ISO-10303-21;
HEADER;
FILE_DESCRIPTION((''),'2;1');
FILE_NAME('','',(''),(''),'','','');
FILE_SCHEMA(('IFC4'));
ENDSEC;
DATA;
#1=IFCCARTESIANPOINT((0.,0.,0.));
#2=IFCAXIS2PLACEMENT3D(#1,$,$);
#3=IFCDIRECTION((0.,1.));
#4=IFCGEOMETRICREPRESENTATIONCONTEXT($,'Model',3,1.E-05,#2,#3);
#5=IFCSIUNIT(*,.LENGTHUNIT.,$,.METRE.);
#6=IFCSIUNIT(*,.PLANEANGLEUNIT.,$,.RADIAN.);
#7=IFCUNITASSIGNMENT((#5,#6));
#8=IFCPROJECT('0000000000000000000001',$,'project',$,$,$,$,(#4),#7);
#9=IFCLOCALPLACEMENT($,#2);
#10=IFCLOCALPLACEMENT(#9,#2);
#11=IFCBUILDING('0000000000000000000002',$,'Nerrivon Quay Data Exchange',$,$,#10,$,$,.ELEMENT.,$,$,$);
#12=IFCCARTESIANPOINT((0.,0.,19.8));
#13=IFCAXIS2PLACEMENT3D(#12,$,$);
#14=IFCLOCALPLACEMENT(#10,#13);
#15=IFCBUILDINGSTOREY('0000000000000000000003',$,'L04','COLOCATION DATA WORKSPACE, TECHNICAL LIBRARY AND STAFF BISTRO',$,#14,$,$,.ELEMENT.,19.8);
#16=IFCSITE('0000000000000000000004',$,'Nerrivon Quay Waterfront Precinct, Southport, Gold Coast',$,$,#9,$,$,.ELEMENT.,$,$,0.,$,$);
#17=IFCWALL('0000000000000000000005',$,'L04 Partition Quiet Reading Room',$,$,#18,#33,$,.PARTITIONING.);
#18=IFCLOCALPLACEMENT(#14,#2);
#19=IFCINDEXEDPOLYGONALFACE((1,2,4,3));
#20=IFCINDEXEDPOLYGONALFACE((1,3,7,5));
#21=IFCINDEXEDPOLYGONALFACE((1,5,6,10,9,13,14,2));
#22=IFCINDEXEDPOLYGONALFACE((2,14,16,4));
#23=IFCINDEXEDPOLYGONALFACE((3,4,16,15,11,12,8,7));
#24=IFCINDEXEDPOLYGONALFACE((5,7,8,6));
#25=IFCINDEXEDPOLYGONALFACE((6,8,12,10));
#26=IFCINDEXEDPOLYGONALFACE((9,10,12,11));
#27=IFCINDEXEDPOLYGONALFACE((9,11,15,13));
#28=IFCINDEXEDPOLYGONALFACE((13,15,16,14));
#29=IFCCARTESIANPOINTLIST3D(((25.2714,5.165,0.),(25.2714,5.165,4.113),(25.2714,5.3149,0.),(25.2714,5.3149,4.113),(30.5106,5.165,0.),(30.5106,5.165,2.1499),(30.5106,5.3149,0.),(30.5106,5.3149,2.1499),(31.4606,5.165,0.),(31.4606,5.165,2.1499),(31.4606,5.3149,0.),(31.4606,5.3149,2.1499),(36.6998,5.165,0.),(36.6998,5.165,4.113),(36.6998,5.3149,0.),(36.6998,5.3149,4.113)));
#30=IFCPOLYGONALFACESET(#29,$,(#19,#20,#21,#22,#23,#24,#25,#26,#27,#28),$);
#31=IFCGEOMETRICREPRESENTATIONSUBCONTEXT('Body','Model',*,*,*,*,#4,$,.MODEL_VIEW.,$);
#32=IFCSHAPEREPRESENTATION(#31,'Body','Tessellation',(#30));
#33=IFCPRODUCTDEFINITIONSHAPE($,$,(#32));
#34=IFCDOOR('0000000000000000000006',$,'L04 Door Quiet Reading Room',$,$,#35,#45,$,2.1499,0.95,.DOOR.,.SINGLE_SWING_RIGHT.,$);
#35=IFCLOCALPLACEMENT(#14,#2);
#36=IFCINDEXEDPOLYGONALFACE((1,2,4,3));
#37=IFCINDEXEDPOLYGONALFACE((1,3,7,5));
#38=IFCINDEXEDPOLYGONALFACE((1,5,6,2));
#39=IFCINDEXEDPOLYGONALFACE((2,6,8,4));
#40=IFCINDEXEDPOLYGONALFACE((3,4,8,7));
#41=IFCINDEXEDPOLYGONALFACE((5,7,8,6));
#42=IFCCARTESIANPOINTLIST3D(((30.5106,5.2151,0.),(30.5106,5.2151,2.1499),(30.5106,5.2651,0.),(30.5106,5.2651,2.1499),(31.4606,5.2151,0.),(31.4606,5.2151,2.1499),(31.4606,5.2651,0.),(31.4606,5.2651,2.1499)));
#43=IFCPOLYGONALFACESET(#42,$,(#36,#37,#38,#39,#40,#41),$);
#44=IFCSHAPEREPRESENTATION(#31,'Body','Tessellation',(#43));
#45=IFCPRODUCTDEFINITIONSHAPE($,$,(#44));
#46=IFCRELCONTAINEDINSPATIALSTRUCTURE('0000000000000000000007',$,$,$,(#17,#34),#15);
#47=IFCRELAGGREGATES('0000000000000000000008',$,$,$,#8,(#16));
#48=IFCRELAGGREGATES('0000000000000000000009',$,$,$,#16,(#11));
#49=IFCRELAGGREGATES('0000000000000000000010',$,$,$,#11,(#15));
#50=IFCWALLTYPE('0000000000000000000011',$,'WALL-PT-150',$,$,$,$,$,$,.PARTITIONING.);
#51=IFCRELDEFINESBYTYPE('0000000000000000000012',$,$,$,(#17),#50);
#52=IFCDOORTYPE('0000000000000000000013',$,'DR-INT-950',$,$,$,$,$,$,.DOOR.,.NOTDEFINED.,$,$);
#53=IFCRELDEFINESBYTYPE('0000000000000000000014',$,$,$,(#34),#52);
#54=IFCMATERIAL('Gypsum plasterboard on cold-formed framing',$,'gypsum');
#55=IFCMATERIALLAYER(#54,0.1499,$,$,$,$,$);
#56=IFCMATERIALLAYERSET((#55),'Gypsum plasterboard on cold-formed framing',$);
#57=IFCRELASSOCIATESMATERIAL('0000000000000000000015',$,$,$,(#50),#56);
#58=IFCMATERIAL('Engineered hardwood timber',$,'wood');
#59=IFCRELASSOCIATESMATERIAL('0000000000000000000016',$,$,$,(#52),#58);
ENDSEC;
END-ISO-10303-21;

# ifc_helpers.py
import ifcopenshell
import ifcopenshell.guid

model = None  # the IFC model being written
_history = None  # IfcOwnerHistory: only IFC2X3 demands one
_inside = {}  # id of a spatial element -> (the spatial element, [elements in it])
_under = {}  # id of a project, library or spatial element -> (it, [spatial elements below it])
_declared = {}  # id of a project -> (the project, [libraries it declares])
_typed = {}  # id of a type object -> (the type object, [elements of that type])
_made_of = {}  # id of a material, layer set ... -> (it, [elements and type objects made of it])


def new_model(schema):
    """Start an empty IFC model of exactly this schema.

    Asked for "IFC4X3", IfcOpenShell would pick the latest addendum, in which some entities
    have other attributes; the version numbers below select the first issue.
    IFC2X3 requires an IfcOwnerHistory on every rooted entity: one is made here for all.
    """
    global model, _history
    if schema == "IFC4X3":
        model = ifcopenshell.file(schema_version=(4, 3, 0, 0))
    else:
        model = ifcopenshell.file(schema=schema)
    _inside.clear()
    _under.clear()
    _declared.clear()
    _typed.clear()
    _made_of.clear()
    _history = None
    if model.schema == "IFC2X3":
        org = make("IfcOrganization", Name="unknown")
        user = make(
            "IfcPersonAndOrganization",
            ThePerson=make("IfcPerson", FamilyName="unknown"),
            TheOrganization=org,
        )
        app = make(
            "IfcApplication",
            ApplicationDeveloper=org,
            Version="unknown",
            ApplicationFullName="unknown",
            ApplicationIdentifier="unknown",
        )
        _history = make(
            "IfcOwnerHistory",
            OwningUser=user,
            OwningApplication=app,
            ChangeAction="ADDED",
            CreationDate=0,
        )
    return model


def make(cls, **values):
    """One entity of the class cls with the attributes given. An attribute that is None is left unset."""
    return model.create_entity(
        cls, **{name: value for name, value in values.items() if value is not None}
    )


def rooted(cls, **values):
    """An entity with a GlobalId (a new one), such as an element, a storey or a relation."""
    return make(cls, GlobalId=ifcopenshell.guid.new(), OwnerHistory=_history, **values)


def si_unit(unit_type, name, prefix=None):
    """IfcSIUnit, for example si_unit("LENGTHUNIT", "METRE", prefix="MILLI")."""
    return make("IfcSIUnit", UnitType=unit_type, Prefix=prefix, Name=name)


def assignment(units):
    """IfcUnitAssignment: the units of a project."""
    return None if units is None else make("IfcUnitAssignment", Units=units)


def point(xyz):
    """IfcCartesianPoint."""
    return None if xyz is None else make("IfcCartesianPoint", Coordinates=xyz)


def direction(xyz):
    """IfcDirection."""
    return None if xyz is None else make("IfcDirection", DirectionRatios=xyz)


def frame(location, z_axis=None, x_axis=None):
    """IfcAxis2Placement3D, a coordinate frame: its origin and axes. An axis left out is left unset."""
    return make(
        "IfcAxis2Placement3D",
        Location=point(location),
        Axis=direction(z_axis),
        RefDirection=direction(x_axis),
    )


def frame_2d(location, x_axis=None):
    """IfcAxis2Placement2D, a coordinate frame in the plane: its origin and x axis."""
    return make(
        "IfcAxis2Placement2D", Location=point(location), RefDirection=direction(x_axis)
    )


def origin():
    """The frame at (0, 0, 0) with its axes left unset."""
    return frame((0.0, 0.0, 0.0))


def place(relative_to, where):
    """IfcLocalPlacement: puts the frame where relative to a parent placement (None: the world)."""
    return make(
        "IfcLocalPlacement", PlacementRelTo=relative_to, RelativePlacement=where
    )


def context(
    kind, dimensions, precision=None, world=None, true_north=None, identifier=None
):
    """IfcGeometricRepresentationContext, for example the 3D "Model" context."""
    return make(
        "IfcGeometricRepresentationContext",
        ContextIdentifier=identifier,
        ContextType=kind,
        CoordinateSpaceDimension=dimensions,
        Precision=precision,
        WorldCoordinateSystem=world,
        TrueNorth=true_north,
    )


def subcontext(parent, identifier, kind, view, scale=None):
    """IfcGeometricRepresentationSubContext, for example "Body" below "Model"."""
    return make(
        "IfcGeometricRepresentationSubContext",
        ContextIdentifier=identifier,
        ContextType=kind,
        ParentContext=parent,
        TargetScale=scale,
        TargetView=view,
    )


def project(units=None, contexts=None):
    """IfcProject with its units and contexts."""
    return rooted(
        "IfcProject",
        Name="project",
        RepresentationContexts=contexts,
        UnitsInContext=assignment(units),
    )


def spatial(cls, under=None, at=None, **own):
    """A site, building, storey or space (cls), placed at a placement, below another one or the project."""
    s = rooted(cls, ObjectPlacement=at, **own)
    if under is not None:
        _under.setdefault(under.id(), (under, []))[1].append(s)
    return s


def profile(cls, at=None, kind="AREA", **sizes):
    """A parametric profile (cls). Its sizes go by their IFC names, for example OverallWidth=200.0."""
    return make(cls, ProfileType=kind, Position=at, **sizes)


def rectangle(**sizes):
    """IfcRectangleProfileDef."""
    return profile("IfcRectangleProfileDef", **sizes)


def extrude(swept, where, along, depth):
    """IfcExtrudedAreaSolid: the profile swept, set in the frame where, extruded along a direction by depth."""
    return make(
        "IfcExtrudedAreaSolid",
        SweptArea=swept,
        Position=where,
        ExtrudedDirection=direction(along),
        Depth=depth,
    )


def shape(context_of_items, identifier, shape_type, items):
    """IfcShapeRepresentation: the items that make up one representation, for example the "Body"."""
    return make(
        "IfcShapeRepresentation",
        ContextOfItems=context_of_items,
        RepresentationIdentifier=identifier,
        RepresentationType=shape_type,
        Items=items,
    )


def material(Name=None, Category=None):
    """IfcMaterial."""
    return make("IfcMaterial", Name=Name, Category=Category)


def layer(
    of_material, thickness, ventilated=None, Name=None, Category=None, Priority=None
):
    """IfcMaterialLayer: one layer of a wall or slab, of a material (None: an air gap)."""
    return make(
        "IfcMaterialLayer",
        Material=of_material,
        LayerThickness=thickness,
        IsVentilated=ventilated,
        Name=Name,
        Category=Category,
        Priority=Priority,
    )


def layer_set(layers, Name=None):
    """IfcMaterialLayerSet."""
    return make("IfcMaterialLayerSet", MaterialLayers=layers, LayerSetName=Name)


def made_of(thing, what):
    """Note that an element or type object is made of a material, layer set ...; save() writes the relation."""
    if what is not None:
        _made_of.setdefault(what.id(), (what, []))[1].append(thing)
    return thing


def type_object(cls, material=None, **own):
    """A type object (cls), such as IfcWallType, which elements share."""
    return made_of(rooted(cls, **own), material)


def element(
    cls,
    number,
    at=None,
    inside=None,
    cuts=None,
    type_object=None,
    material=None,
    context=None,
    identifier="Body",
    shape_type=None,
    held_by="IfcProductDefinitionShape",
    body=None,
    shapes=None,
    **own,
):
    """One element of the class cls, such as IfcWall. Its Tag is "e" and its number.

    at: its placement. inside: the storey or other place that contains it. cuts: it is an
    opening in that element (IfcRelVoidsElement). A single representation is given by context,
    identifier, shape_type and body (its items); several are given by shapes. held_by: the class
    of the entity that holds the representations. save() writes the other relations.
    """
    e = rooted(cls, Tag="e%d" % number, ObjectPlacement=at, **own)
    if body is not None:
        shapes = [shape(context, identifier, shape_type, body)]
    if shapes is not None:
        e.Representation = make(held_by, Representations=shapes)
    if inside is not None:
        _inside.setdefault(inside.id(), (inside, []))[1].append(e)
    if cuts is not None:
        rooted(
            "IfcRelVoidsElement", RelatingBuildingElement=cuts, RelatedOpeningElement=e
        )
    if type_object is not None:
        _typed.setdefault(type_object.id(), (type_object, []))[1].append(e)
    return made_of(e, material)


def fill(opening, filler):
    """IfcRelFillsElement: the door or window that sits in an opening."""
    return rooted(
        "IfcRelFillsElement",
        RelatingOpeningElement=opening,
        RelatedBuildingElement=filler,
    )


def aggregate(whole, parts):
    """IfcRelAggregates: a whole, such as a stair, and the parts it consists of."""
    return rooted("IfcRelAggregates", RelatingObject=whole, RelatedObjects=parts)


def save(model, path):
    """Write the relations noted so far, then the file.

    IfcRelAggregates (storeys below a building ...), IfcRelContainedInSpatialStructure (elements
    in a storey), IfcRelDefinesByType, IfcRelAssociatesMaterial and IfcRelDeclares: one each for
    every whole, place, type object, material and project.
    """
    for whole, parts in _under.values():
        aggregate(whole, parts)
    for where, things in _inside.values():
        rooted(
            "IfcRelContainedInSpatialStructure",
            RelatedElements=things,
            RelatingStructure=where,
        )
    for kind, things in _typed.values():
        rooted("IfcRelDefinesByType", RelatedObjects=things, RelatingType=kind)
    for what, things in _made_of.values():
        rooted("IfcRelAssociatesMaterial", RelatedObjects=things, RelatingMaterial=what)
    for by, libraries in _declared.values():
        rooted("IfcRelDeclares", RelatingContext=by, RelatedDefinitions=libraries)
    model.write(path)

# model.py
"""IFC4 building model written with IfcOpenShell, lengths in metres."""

from ifc_helpers import new_model, si_unit, direction, frame, frame_2d, origin, place, context, subcontext, project, spatial, rectangle, extrude, material, layer, layer_set, type_object, element, fill, save


model = new_model("IFC4")

# Units and contexts
model_context = context("Model", 3, precision=1e-05, world=origin(), true_north=direction((0.0, 1.0)))
body_context = subcontext(model_context, "Body", "Model", "MODEL_VIEW")
ifc_project = project(units=[si_unit("LENGTHUNIT", "METRE"), si_unit("PLANEANGLEUNIT", "RADIAN")], contexts=[model_context])

# Site, building, storey
site_placement = place(None, origin())
site = spatial("IfcSite", under=ifc_project, at=site_placement, Name="Nerrivon Quay Waterfront Precinct, Southport, Gold Coast", CompositionType="ELEMENT", RefElevation=0.0)
building_placement = place(site_placement, origin())
building = spatial("IfcBuilding", under=site, at=building_placement, Name="Nerrivon Quay Data Exchange", CompositionType="ELEMENT")
storey_placement = place(building_placement, frame((0.0, 0.0, 19.8)))
storey = spatial("IfcBuildingStorey", under=building, at=storey_placement, Name="L04", Description="COLOCATION DATA WORKSPACE, TECHNICAL LIBRARY AND STAFF BISTRO", CompositionType="ELEMENT", Elevation=19.8)

# Shared definitions
ifc_material_1 = material(Name="Gypsum plasterboard on cold-formed framing", Category="gypsum")

# Shared definitions
ifc_material_2 = material(Name="Engineered hardwood timber", Category="wood")

# Wall, opening, door
ifc_layer_1 = layer(ifc_material_1, 0.1499)
ifc_layer_set_1 = layer_set([ifc_layer_1], Name="Gypsum plasterboard on cold-formed framing")
wall_type_1 = type_object("IfcWallType", Name="WALL-PT-150", PredefinedType="PARTITIONING", material=ifc_layer_set_1)
wall_1_placement = place(storey_placement, frame((36.7, 5.24, 0.0), z_axis=(0.0, 0.0, 1.0), x_axis=(-1.0, 0.0, 0.0)))
wall_1 = element("IfcWall", 1, at=wall_1_placement, inside=storey, type_object=wall_type_1, Name="L04 Partition Quiet Reading Room", PredefinedType="PARTITIONING", context=body_context, shape_type="SweptSolid", body=[
    extrude(rectangle(XDim=11.4285, YDim=0.1499, at=frame_2d((5.7144, 0.0))), origin(), (0.0, 0.0, 1.0), 4.113),
])
opening_1_placement = place(wall_1_placement, frame((5.2393, 0.0, 0.0)))
opening_1 = element("IfcOpeningElement", 2, at=opening_1_placement, cuts=wall_1, PredefinedType="OPENING", context=body_context, shape_type="SweptSolid", body=[
    extrude(rectangle(XDim=0.95, YDim=2.1499, at=frame_2d((0.4751, 1.075))), frame((0.0, 0.085, 0.0), z_axis=(0.0, -1.0, 0.0), x_axis=(1.0, 0.0, 0.0)), (0.0, 0.0, 1.0), 0.1699),
])
door_type_1 = type_object("IfcDoorType", Name="DR-INT-950", OperationType="NOTDEFINED", PredefinedType="DOOR", material=ifc_material_2)
door_1_placement = place(opening_1_placement, origin())
door_1 = element("IfcDoor", 3, at=door_1_placement, inside=storey, type_object=door_type_1, Name="L04 Door Quiet Reading Room", OperationType="SINGLE_SWING_RIGHT", OverallHeight=2.1499, OverallWidth=0.95, PredefinedType="DOOR", context=body_context, shape_type="SweptSolid", body=[
    extrude(rectangle(XDim=0.95, YDim=2.1499, at=frame_2d((0.4751, 1.075))), frame((0.0, 0.0249, 0.0), z_axis=(0.0, -1.0, 0.0), x_axis=(1.0, 0.0, 0.0)), (0.0, 0.0, 1.0), 0.05),
])
fill(opening_1, door_1)

save(model, "model.ifc")
